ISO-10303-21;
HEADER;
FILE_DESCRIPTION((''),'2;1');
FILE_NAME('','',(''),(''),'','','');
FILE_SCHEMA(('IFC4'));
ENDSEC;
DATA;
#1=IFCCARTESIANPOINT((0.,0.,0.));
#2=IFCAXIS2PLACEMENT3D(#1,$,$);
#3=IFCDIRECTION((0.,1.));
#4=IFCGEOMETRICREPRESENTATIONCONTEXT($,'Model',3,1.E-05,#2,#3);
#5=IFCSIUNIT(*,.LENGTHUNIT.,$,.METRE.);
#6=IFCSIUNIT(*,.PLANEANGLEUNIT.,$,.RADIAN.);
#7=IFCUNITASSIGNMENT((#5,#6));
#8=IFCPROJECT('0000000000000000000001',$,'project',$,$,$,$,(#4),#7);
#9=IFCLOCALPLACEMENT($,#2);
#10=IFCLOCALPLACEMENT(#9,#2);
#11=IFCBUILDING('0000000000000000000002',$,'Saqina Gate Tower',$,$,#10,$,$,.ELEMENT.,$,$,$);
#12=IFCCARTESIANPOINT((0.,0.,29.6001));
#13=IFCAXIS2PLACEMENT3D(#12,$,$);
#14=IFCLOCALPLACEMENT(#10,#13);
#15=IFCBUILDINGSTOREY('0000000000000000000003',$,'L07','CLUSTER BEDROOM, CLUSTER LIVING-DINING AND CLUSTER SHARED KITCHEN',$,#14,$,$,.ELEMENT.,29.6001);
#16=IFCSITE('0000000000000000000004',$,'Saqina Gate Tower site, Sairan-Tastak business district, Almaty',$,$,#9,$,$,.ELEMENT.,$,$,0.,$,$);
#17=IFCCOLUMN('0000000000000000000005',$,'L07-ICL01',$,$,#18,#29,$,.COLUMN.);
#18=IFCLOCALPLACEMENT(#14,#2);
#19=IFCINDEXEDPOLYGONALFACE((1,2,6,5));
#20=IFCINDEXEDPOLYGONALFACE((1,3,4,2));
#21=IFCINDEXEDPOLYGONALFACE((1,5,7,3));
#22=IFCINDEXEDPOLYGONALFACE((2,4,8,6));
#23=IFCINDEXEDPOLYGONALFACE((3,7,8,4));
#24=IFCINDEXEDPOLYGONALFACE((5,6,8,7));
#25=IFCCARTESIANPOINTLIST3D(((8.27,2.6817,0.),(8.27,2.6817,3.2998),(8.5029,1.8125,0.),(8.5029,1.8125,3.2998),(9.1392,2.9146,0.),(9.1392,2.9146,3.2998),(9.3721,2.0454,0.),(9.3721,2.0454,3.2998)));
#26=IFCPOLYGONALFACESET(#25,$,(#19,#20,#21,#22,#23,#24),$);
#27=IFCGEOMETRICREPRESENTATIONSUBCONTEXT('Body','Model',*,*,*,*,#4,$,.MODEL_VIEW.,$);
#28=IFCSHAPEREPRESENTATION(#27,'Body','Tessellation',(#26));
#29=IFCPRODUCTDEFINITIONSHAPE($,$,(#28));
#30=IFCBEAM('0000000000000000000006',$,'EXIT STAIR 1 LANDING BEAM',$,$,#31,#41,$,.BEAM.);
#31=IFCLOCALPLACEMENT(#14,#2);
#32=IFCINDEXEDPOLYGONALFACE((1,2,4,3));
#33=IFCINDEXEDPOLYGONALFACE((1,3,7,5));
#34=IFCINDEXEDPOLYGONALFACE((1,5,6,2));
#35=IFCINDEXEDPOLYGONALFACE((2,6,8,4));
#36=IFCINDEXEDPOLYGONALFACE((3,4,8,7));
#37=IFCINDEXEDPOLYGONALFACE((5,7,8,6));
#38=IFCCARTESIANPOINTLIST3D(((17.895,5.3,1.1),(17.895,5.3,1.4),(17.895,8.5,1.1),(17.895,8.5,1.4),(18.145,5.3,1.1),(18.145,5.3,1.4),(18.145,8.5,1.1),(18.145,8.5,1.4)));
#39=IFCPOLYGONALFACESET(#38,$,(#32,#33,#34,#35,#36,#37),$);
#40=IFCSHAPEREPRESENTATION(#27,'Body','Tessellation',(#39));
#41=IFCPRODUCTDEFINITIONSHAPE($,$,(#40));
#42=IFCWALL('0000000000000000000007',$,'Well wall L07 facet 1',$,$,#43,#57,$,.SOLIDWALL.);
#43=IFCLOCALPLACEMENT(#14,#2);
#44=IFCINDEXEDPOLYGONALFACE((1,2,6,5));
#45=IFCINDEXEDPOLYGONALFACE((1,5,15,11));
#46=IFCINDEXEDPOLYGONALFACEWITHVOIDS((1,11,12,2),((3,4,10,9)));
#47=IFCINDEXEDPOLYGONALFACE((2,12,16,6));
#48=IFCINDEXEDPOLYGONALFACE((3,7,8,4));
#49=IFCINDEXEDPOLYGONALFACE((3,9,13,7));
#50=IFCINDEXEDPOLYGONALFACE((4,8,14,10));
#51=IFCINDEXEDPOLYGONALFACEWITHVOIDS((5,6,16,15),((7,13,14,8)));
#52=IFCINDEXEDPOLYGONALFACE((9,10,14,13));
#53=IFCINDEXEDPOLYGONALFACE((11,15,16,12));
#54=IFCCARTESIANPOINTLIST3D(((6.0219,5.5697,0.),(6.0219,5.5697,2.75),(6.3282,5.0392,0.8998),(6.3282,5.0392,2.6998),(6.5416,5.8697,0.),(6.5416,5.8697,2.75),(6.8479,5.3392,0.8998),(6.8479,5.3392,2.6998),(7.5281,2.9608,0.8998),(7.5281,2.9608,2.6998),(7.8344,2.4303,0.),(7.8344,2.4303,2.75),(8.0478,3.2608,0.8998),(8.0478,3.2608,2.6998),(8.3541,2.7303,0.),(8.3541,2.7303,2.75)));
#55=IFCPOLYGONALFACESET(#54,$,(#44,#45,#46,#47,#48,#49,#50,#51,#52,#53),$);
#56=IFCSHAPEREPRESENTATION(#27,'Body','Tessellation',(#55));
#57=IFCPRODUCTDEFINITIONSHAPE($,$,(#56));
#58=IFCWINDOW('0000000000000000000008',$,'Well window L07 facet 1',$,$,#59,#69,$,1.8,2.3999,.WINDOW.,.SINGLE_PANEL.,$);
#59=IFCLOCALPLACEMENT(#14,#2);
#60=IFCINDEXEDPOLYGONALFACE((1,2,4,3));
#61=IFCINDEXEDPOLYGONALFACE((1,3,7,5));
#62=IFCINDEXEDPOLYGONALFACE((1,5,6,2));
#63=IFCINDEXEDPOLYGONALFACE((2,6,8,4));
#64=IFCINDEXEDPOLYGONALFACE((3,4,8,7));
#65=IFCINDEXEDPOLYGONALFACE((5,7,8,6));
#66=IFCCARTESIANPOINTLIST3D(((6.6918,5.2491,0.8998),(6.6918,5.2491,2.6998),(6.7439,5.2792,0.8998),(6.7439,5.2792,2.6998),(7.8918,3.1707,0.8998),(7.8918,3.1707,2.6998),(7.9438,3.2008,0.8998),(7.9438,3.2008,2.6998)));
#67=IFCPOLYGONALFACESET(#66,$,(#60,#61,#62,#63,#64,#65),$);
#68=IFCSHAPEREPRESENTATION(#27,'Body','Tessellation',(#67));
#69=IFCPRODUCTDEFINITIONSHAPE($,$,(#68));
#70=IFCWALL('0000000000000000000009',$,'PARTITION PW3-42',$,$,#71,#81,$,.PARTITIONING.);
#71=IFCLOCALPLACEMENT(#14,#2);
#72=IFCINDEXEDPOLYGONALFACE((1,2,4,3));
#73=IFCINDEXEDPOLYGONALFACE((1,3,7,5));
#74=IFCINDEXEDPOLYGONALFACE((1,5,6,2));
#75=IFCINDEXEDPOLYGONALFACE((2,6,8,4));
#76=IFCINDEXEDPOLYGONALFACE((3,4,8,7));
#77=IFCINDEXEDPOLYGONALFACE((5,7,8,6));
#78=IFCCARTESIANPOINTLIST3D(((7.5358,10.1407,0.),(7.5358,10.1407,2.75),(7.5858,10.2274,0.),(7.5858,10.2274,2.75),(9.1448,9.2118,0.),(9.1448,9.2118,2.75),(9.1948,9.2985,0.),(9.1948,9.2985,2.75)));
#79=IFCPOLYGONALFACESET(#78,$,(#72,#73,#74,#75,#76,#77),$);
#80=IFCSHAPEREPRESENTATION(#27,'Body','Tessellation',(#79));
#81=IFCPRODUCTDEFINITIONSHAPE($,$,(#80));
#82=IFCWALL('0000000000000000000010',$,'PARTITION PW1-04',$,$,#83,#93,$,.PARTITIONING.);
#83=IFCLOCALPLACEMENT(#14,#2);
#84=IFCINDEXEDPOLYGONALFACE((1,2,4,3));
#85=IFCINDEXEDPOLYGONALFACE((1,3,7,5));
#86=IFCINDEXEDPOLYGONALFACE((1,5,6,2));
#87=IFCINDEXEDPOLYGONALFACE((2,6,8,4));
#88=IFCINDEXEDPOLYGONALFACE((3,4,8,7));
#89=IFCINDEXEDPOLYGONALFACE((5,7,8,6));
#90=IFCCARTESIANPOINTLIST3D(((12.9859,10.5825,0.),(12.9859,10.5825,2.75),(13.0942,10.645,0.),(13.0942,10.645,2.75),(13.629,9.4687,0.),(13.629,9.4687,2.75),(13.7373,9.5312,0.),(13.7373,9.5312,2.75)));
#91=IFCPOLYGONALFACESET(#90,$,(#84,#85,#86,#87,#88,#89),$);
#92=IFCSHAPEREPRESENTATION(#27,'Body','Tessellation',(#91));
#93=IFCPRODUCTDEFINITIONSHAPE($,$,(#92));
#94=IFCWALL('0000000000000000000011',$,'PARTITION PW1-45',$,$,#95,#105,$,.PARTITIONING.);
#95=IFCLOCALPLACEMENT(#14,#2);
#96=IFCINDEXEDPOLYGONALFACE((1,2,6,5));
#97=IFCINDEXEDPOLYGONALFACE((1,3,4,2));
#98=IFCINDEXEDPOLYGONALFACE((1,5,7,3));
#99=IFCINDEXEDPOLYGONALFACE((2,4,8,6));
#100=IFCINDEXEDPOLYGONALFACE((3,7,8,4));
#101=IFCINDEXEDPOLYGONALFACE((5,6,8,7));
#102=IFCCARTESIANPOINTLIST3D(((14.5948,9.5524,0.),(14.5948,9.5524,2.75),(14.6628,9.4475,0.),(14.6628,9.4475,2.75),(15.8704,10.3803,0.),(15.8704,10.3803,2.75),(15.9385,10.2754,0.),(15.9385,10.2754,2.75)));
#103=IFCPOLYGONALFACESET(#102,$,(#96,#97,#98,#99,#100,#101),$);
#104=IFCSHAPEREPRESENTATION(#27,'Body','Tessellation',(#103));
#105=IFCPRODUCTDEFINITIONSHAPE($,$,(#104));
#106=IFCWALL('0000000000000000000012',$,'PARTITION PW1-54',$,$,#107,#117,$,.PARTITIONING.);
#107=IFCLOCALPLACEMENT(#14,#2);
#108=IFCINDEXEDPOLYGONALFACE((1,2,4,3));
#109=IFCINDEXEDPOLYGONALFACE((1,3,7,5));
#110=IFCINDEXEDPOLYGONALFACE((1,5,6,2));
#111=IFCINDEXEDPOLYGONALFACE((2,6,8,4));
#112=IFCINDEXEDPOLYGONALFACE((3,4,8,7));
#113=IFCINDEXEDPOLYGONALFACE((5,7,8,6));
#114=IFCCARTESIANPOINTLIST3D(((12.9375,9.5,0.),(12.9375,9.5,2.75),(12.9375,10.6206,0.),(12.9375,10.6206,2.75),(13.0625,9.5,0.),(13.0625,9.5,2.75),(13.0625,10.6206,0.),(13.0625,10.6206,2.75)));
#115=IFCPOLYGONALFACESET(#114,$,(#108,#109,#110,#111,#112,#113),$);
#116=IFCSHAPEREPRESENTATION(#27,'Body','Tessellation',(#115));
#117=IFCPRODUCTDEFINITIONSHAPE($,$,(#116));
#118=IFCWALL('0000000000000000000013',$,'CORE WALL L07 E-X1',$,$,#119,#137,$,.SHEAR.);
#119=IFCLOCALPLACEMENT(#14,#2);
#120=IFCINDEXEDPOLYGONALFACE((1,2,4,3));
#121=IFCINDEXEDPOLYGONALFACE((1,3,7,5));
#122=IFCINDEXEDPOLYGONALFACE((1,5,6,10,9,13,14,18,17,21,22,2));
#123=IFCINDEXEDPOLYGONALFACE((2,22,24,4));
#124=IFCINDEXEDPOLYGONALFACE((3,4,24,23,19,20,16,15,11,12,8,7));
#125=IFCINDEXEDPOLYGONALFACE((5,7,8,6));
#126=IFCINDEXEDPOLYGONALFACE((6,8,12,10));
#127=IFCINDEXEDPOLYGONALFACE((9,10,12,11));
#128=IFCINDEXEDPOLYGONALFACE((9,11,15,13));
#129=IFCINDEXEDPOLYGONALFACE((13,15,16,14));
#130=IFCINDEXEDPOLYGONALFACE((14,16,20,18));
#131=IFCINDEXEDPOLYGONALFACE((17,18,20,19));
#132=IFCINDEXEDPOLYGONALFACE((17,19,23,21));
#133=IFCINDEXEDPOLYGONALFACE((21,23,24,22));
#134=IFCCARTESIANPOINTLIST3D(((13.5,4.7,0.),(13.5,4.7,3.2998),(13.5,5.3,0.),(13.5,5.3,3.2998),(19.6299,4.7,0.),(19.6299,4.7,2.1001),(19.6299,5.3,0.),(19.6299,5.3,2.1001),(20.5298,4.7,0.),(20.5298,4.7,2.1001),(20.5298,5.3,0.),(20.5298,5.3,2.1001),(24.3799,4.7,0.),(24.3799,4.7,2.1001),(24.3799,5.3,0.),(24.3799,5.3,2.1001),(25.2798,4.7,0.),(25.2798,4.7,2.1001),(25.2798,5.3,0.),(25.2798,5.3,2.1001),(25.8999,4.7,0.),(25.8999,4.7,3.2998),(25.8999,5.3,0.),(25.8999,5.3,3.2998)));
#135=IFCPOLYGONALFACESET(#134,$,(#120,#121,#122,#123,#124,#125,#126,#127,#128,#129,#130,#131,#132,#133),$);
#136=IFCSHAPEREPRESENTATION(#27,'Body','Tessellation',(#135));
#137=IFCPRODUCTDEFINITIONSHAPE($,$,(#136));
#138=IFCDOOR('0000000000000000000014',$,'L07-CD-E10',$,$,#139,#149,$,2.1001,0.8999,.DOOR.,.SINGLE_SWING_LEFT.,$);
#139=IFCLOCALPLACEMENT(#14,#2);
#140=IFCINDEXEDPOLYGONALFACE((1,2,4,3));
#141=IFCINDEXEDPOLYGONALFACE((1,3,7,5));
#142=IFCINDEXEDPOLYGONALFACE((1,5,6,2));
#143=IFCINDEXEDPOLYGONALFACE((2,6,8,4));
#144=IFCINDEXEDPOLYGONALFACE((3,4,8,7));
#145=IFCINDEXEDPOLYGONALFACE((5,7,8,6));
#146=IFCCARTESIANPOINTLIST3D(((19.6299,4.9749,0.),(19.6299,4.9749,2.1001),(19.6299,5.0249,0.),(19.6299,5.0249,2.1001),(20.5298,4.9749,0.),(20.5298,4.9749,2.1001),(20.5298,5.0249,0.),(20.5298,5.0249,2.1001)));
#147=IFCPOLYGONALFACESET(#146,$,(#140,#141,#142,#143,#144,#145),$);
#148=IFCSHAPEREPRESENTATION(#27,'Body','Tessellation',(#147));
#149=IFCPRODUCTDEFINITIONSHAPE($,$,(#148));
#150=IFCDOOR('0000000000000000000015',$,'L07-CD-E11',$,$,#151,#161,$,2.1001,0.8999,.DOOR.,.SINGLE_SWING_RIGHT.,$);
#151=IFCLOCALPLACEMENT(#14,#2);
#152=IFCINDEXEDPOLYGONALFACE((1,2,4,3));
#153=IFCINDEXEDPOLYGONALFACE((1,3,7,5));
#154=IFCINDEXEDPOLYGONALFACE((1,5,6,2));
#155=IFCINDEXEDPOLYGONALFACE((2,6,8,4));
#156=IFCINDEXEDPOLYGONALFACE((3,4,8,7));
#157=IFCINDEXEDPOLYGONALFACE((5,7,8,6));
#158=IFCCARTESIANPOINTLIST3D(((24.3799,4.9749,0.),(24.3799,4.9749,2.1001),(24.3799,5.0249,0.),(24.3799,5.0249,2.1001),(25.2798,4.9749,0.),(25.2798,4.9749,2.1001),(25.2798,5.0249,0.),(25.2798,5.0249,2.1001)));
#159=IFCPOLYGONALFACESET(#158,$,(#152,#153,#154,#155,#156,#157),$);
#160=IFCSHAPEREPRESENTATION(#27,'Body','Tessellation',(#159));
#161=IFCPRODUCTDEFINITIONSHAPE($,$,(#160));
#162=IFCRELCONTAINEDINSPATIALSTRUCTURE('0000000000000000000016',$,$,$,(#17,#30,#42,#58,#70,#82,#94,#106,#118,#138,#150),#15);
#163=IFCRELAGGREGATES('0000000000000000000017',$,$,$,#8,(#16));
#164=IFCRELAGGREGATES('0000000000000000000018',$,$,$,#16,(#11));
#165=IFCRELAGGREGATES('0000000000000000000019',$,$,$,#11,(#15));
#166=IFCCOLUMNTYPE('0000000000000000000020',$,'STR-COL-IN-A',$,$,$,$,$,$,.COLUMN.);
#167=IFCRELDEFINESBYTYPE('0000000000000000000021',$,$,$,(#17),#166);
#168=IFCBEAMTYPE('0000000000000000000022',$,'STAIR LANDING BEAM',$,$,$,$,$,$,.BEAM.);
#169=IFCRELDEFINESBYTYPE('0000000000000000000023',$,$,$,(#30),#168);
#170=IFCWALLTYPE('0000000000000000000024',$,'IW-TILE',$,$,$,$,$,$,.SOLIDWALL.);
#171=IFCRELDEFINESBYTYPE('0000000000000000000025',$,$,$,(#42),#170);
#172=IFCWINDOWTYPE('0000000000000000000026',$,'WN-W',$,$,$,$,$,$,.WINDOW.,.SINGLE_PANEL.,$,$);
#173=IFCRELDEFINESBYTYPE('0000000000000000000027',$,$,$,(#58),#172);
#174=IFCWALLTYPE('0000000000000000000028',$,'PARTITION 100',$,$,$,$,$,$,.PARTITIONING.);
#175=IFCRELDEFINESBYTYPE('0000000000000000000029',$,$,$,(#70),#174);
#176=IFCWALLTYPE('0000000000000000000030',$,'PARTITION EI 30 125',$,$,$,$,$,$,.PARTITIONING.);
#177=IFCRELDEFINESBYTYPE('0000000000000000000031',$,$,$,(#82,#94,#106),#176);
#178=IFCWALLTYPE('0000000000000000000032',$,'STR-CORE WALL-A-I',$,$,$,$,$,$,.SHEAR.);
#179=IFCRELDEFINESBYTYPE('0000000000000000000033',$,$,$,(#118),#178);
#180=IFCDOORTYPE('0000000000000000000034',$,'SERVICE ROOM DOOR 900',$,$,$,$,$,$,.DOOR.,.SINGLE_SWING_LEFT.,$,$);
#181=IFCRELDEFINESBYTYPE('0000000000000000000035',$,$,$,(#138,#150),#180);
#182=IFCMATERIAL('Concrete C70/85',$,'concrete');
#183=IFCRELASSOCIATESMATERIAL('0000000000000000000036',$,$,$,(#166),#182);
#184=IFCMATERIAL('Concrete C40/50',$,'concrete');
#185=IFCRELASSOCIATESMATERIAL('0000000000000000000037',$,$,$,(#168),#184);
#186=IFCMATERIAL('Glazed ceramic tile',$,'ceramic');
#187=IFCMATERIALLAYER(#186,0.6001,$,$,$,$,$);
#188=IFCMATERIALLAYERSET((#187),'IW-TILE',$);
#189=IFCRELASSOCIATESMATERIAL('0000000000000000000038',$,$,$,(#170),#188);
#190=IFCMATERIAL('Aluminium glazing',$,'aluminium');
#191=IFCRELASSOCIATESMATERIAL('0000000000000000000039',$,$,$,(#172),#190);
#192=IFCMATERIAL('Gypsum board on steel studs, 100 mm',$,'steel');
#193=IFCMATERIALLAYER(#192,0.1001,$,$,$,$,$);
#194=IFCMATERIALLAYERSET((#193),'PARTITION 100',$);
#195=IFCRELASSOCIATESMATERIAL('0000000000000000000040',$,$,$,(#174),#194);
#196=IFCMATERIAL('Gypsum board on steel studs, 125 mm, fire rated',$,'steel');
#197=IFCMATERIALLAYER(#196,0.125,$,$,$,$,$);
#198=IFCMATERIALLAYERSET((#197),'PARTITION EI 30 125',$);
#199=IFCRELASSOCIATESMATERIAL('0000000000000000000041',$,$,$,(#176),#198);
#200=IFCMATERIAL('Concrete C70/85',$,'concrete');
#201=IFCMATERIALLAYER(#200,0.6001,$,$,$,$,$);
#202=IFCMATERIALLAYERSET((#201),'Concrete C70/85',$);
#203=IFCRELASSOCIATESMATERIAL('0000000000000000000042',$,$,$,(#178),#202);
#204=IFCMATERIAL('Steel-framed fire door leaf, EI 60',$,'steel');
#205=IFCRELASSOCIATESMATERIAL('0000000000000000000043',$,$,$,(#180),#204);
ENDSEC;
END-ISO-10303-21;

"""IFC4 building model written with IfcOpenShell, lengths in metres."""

from ifc_helpers import new_model, si_unit, direction, frame, frame_2d, origin, origin_2d, place, context, subcontext, project, spatial, rectangle, extrude, material, layer, layer_set, material_profile, profile_set, type_object, element, fill, save


model = new_model("IFC4")

# Units and contexts
model_context = context("Model", 3, precision=1e-05, world=origin(), true_north=direction((0.0, 1.0)))
body_context = subcontext(model_context, "Body", "Model", "MODEL_VIEW")
ifc_project = project(units=[si_unit("LENGTHUNIT", "METRE"), si_unit("PLANEANGLEUNIT", "RADIAN")], contexts=[model_context])

# Site, building, storey
site_placement = place(None, origin())
site = spatial("IfcSite", under=ifc_project, at=site_placement, Name="Saqina Gate Tower site, Sairan-Tastak business district, Almaty", CompositionType="ELEMENT", RefElevation=0.0)
building_placement = place(site_placement, origin())
building = spatial("IfcBuilding", under=site, at=building_placement, Name="Saqina Gate Tower", CompositionType="ELEMENT")
storey_placement = place(building_placement, frame((0.0, 0.0, 29.6001)))
storey = spatial("IfcBuildingStorey", under=building, at=storey_placement, Name="L07", Description="CLUSTER BEDROOM, CLUSTER LIVING-DINING AND CLUSTER SHARED KITCHEN", CompositionType="ELEMENT", Elevation=29.6001)

# Column
ifc_material_1 = material(Name="Concrete C70/85", Category="concrete")
ifc_material_profile_1 = material_profile(ifc_material_1, rectangle(XDim=0.8999, YDim=0.8999, at=origin_2d()), Name="RC 900x900")
ifc_profile_set_1 = profile_set([ifc_material_profile_1], Name="Concrete C70/85")
column_type = type_object("IfcColumnType", Name="STR-COL-IN-A", PredefinedType="COLUMN", material=ifc_profile_set_1)
column_placement = place(storey_placement, frame((8.821, 2.3635, 0.0), z_axis=(0.0, 0.0, 1.0), x_axis=(0.965926, 0.258819, 0.0)))
element("IfcColumn", 1, at=column_placement, inside=storey, type_object=column_type, Name="L07-ICL01", PredefinedType="COLUMN", context=body_context, shape_type="SweptSolid", body=[
    extrude(rectangle(XDim=0.8999, YDim=0.8999, at=origin_2d()), origin(), (0.0, 0.0, 1.0), 3.2998),
])

# Beam
ifc_material_2 = material(Name="Concrete C40/50", Category="concrete")
ifc_material_profile_2 = material_profile(ifc_material_2, rectangle(XDim=0.25, YDim=0.3, at=origin_2d()), Name="STAIR LANDING BEAM")
ifc_profile_set_2 = profile_set([ifc_material_profile_2], Name="Concrete C40/50")
beam_type = type_object("IfcBeamType", Name="STAIR LANDING BEAM", PredefinedType="BEAM", material=ifc_profile_set_2)
beam_placement = place(storey_placement, frame((18.02, 5.3, 1.25), z_axis=(0.0, 1.0, 0.0), x_axis=(-1.0, 0.0, 0.0)))
element("IfcBeam", 2, at=beam_placement, inside=storey, type_object=beam_type, Name="EXIT STAIR 1 LANDING BEAM", PredefinedType="BEAM", context=body_context, shape_type="SweptSolid", body=[
    extrude(rectangle(XDim=0.25, YDim=0.3, at=origin_2d()), origin(), (0.0, 0.0, 1.0), 3.2),
])

# Wall, opening, window
ifc_material_3 = material(Name="Glazed ceramic tile", Category="ceramic")
ifc_layer_1 = layer(ifc_material_3, 0.6001)
ifc_layer_set_1 = layer_set([ifc_layer_1], Name="IW-TILE")
wall_type_1 = type_object("IfcWallType", Name="IW-TILE", PredefinedType="SOLIDWALL", material=ifc_layer_set_1)
wall_1_placement = place(storey_placement, frame((8.0942, 2.5803, 0.0), z_axis=(0.0, 0.0, 1.0), x_axis=(-0.499993, 0.86603, 0.0)))
wall_1 = element("IfcWall", 3, at=wall_1_placement, inside=storey, type_object=wall_type_1, Name="Well wall L07 facet 1", PredefinedType="SOLIDWALL", context=body_context, shape_type="SweptSolid", body=[
    extrude(rectangle(XDim=3.625, YDim=0.6001, at=frame_2d((1.8125, 0.0))), origin(), (0.0, 0.0, 1.0), 2.75),
])
opening_1_placement = place(wall_1_placement, frame((0.6125, 0.0, 0.8999)))
opening_1 = element("IfcOpeningElement", 4, at=opening_1_placement, cuts=wall_1, PredefinedType="OPENING", context=body_context, shape_type="SweptSolid", body=[
    extrude(rectangle(XDim=2.3999, YDim=1.8, at=frame_2d((1.2, 0.8999))), frame((0.0, 0.312, 0.0), z_axis=(0.0, -1.0, 0.0), x_axis=(1.0, 0.0, 0.0)), (0.0, 0.0, 1.0), 0.624),
])
ifc_material_4 = material(Name="Aluminium glazing", Category="aluminium")
window_type = type_object("IfcWindowType", Name="WN-W", PartitioningType="SINGLE_PANEL", PredefinedType="WINDOW", material=ifc_material_4)
window_placement = place(opening_1_placement, origin())
window = element("IfcWindow", 5, at=window_placement, inside=storey, type_object=window_type, Name="Well window L07 facet 1", OverallHeight=1.8, OverallWidth=2.3999, PartitioningType="SINGLE_PANEL", PredefinedType="WINDOW", context=body_context, shape_type="SweptSolid", body=[
    extrude(rectangle(XDim=2.3999, YDim=1.8, at=frame_2d((1.2, 0.8999))), frame((0.0, -0.1199, 0.0), z_axis=(0.0, -1.0, 0.0), x_axis=(1.0, 0.0, 0.0)), (0.0, 0.0, 1.0), 0.0601),
])
fill(opening_1, window)

# Walls
ifc_material_5 = material(Name="Gypsum board on steel studs, 100 mm", Category="steel")
ifc_layer_2 = layer(ifc_material_5, 0.1001)
ifc_layer_set_2 = layer_set([ifc_layer_2], Name="PARTITION 100")
wall_type_2 = type_object("IfcWallType", Name="PARTITION 100", PredefinedType="PARTITIONING", material=ifc_layer_set_2)
wall_2_placement = place(storey_placement, frame((7.5608, 10.1841, 0.0), z_axis=(0.0, 0.0, 1.0), x_axis=(0.866043, -0.499969, 0.0)))
element("IfcWall", 6, at=wall_2_placement, inside=storey, type_object=wall_type_2, Name="PARTITION PW3-42", PredefinedType="PARTITIONING", context=body_context, shape_type="SweptSolid", body=[
    extrude(rectangle(XDim=1.8579, YDim=0.1001, at=frame_2d((0.929, 0.0))), origin(), (0.0, 0.0, 1.0), 2.75),
])
ifc_material_6 = material(Name="Gypsum board on steel studs, 125 mm, fire rated", Category="steel")
ifc_layer_3 = layer(ifc_material_6, 0.125)
ifc_layer_set_3 = layer_set([ifc_layer_3], Name="PARTITION EI 30 125")
wall_type_3 = type_object("IfcWallType", Name="PARTITION EI 30 125", PredefinedType="PARTITIONING", material=ifc_layer_set_3)
wall_3_placement = place(storey_placement, frame((13.04, 10.6138, 0.0), z_axis=(0.0, 0.0, 1.0), x_axis=(0.500018, -0.866015, 0.0)))
element("IfcWall", 7, at=wall_3_placement, inside=storey, type_object=wall_type_3, Name="PARTITION PW1-04", PredefinedType="PARTITIONING", context=body_context, shape_type="SweptSolid", body=[
    extrude(rectangle(XDim=1.2861, YDim=0.125, at=frame_2d((0.6431, 0.0))), origin(), (0.0, 0.0, 1.0), 2.75),
])
wall_4_placement = place(storey_placement, frame((14.6289, 9.5, 0.0), z_axis=(0.0, 0.0, 1.0), x_axis=(0.838829, 0.544396, 0.0)))
element("IfcWall", 8, at=wall_4_placement, inside=storey, type_object=wall_type_3, Name="PARTITION PW1-45", PredefinedType="PARTITIONING", context=body_context, shape_type="SweptSolid", body=[
    extrude(rectangle(XDim=1.5208, YDim=0.125, at=frame_2d((0.7603, 0.0))), origin(), (0.0, 0.0, 1.0), 2.75),
])
wall_5_placement = place(storey_placement, frame((13.0, 9.5, 0.0), z_axis=(0.0, 0.0, 1.0), x_axis=(0.0, 1.0, 0.0)))
element("IfcWall", 9, at=wall_5_placement, inside=storey, type_object=wall_type_3, Name="PARTITION PW1-54", PredefinedType="PARTITIONING", context=body_context, shape_type="SweptSolid", body=[
    extrude(rectangle(XDim=1.1206, YDim=0.125, at=frame_2d((0.5603, 0.0))), origin(), (0.0, 0.0, 1.0), 2.75),
])

# Wall, openings, doors
ifc_material_7 = material(Name="Concrete C70/85", Category="concrete")
ifc_layer_4 = layer(ifc_material_7, 0.6001)
ifc_layer_set_4 = layer_set([ifc_layer_4], Name="Concrete C70/85")
wall_type_4 = type_object("IfcWallType", Name="STR-CORE WALL-A-I", PredefinedType="SHEAR", material=ifc_layer_set_4)
wall_6_placement = place(storey_placement, frame((13.5, 5.0, 0.0), z_axis=(0.0, 0.0, 1.0), x_axis=(1.0, 0.0, 0.0)))
wall_6 = element("IfcWall", 10, at=wall_6_placement, inside=storey, type_object=wall_type_4, Name="CORE WALL L07 E-X1", PredefinedType="SHEAR", context=body_context, shape_type="SweptSolid", body=[
    extrude(rectangle(XDim=12.3999, YDim=0.6001, at=frame_2d((6.2, 0.0))), origin(), (0.0, 0.0, 1.0), 3.2998),
])
opening_2_placement = place(wall_6_placement, frame((6.1299, 0.0, 0.0)))
opening_2 = element("IfcOpeningElement", 11, at=opening_2_placement, cuts=wall_6, PredefinedType="OPENING", context=body_context, shape_type="SweptSolid", body=[
    extrude(rectangle(XDim=0.8999, YDim=2.1001, at=frame_2d((0.45, 1.05))), frame((0.0, 0.312, 0.0), z_axis=(0.0, -1.0, 0.0), x_axis=(1.0, 0.0, 0.0)), (0.0, 0.0, 1.0), 0.624),
])
opening_3_placement = place(wall_6_placement, frame((10.8799, 0.0, 0.0)))
opening_3 = element("IfcOpeningElement", 12, at=opening_3_placement, cuts=wall_6, PredefinedType="OPENING", context=body_context, shape_type="SweptSolid", body=[
    extrude(rectangle(XDim=0.8999, YDim=2.1001, at=frame_2d((0.45, 1.05))), frame((0.0, 0.312, 0.0), z_axis=(0.0, -1.0, 0.0), x_axis=(1.0, 0.0, 0.0)), (0.0, 0.0, 1.0), 0.624),
])
ifc_material_8 = material(Name="Steel-framed fire door leaf, EI 60", Category="steel")
door_type_1 = type_object("IfcDoorType", Name="SERVICE ROOM DOOR 900", OperationType="SINGLE_SWING_LEFT", PredefinedType="DOOR", material=ifc_material_8)
door_1_placement = place(opening_2_placement, origin())
door_1 = element("IfcDoor", 13, at=door_1_placement, inside=storey, type_object=door_type_1, Name="L07-CD-E10", OperationType="SINGLE_SWING_LEFT", OverallHeight=2.1001, OverallWidth=0.8999, PredefinedType="DOOR", context=body_context, shape_type="SweptSolid", body=[
    extrude(rectangle(XDim=0.8999, YDim=2.1001, at=frame_2d((0.45, 1.05))), frame((0.0, 0.0249, 0.0), z_axis=(0.0, -1.0, 0.0), x_axis=(1.0, 0.0, 0.0)), (0.0, 0.0, 1.0), 0.05),
])
fill(opening_2, door_1)
door_2_placement = place(opening_3_placement, origin())
door_2 = element("IfcDoor", 14, at=door_2_placement, inside=storey, type_object=door_type_1, Name="L07-CD-E11", OperationType="SINGLE_SWING_RIGHT", OverallHeight=2.1001, OverallWidth=0.8999, PredefinedType="DOOR", context=body_context, shape_type="SweptSolid", body=[
    extrude(rectangle(XDim=0.8999, YDim=2.1001, at=frame_2d((0.45, 1.05))), frame((0.0, 0.0249, 0.0), z_axis=(0.0, -1.0, 0.0), x_axis=(1.0, 0.0, 0.0)), (0.0, 0.0, 1.0), 0.05),
])
fill(opening_3, door_2)

save(model, "model.ifc")
